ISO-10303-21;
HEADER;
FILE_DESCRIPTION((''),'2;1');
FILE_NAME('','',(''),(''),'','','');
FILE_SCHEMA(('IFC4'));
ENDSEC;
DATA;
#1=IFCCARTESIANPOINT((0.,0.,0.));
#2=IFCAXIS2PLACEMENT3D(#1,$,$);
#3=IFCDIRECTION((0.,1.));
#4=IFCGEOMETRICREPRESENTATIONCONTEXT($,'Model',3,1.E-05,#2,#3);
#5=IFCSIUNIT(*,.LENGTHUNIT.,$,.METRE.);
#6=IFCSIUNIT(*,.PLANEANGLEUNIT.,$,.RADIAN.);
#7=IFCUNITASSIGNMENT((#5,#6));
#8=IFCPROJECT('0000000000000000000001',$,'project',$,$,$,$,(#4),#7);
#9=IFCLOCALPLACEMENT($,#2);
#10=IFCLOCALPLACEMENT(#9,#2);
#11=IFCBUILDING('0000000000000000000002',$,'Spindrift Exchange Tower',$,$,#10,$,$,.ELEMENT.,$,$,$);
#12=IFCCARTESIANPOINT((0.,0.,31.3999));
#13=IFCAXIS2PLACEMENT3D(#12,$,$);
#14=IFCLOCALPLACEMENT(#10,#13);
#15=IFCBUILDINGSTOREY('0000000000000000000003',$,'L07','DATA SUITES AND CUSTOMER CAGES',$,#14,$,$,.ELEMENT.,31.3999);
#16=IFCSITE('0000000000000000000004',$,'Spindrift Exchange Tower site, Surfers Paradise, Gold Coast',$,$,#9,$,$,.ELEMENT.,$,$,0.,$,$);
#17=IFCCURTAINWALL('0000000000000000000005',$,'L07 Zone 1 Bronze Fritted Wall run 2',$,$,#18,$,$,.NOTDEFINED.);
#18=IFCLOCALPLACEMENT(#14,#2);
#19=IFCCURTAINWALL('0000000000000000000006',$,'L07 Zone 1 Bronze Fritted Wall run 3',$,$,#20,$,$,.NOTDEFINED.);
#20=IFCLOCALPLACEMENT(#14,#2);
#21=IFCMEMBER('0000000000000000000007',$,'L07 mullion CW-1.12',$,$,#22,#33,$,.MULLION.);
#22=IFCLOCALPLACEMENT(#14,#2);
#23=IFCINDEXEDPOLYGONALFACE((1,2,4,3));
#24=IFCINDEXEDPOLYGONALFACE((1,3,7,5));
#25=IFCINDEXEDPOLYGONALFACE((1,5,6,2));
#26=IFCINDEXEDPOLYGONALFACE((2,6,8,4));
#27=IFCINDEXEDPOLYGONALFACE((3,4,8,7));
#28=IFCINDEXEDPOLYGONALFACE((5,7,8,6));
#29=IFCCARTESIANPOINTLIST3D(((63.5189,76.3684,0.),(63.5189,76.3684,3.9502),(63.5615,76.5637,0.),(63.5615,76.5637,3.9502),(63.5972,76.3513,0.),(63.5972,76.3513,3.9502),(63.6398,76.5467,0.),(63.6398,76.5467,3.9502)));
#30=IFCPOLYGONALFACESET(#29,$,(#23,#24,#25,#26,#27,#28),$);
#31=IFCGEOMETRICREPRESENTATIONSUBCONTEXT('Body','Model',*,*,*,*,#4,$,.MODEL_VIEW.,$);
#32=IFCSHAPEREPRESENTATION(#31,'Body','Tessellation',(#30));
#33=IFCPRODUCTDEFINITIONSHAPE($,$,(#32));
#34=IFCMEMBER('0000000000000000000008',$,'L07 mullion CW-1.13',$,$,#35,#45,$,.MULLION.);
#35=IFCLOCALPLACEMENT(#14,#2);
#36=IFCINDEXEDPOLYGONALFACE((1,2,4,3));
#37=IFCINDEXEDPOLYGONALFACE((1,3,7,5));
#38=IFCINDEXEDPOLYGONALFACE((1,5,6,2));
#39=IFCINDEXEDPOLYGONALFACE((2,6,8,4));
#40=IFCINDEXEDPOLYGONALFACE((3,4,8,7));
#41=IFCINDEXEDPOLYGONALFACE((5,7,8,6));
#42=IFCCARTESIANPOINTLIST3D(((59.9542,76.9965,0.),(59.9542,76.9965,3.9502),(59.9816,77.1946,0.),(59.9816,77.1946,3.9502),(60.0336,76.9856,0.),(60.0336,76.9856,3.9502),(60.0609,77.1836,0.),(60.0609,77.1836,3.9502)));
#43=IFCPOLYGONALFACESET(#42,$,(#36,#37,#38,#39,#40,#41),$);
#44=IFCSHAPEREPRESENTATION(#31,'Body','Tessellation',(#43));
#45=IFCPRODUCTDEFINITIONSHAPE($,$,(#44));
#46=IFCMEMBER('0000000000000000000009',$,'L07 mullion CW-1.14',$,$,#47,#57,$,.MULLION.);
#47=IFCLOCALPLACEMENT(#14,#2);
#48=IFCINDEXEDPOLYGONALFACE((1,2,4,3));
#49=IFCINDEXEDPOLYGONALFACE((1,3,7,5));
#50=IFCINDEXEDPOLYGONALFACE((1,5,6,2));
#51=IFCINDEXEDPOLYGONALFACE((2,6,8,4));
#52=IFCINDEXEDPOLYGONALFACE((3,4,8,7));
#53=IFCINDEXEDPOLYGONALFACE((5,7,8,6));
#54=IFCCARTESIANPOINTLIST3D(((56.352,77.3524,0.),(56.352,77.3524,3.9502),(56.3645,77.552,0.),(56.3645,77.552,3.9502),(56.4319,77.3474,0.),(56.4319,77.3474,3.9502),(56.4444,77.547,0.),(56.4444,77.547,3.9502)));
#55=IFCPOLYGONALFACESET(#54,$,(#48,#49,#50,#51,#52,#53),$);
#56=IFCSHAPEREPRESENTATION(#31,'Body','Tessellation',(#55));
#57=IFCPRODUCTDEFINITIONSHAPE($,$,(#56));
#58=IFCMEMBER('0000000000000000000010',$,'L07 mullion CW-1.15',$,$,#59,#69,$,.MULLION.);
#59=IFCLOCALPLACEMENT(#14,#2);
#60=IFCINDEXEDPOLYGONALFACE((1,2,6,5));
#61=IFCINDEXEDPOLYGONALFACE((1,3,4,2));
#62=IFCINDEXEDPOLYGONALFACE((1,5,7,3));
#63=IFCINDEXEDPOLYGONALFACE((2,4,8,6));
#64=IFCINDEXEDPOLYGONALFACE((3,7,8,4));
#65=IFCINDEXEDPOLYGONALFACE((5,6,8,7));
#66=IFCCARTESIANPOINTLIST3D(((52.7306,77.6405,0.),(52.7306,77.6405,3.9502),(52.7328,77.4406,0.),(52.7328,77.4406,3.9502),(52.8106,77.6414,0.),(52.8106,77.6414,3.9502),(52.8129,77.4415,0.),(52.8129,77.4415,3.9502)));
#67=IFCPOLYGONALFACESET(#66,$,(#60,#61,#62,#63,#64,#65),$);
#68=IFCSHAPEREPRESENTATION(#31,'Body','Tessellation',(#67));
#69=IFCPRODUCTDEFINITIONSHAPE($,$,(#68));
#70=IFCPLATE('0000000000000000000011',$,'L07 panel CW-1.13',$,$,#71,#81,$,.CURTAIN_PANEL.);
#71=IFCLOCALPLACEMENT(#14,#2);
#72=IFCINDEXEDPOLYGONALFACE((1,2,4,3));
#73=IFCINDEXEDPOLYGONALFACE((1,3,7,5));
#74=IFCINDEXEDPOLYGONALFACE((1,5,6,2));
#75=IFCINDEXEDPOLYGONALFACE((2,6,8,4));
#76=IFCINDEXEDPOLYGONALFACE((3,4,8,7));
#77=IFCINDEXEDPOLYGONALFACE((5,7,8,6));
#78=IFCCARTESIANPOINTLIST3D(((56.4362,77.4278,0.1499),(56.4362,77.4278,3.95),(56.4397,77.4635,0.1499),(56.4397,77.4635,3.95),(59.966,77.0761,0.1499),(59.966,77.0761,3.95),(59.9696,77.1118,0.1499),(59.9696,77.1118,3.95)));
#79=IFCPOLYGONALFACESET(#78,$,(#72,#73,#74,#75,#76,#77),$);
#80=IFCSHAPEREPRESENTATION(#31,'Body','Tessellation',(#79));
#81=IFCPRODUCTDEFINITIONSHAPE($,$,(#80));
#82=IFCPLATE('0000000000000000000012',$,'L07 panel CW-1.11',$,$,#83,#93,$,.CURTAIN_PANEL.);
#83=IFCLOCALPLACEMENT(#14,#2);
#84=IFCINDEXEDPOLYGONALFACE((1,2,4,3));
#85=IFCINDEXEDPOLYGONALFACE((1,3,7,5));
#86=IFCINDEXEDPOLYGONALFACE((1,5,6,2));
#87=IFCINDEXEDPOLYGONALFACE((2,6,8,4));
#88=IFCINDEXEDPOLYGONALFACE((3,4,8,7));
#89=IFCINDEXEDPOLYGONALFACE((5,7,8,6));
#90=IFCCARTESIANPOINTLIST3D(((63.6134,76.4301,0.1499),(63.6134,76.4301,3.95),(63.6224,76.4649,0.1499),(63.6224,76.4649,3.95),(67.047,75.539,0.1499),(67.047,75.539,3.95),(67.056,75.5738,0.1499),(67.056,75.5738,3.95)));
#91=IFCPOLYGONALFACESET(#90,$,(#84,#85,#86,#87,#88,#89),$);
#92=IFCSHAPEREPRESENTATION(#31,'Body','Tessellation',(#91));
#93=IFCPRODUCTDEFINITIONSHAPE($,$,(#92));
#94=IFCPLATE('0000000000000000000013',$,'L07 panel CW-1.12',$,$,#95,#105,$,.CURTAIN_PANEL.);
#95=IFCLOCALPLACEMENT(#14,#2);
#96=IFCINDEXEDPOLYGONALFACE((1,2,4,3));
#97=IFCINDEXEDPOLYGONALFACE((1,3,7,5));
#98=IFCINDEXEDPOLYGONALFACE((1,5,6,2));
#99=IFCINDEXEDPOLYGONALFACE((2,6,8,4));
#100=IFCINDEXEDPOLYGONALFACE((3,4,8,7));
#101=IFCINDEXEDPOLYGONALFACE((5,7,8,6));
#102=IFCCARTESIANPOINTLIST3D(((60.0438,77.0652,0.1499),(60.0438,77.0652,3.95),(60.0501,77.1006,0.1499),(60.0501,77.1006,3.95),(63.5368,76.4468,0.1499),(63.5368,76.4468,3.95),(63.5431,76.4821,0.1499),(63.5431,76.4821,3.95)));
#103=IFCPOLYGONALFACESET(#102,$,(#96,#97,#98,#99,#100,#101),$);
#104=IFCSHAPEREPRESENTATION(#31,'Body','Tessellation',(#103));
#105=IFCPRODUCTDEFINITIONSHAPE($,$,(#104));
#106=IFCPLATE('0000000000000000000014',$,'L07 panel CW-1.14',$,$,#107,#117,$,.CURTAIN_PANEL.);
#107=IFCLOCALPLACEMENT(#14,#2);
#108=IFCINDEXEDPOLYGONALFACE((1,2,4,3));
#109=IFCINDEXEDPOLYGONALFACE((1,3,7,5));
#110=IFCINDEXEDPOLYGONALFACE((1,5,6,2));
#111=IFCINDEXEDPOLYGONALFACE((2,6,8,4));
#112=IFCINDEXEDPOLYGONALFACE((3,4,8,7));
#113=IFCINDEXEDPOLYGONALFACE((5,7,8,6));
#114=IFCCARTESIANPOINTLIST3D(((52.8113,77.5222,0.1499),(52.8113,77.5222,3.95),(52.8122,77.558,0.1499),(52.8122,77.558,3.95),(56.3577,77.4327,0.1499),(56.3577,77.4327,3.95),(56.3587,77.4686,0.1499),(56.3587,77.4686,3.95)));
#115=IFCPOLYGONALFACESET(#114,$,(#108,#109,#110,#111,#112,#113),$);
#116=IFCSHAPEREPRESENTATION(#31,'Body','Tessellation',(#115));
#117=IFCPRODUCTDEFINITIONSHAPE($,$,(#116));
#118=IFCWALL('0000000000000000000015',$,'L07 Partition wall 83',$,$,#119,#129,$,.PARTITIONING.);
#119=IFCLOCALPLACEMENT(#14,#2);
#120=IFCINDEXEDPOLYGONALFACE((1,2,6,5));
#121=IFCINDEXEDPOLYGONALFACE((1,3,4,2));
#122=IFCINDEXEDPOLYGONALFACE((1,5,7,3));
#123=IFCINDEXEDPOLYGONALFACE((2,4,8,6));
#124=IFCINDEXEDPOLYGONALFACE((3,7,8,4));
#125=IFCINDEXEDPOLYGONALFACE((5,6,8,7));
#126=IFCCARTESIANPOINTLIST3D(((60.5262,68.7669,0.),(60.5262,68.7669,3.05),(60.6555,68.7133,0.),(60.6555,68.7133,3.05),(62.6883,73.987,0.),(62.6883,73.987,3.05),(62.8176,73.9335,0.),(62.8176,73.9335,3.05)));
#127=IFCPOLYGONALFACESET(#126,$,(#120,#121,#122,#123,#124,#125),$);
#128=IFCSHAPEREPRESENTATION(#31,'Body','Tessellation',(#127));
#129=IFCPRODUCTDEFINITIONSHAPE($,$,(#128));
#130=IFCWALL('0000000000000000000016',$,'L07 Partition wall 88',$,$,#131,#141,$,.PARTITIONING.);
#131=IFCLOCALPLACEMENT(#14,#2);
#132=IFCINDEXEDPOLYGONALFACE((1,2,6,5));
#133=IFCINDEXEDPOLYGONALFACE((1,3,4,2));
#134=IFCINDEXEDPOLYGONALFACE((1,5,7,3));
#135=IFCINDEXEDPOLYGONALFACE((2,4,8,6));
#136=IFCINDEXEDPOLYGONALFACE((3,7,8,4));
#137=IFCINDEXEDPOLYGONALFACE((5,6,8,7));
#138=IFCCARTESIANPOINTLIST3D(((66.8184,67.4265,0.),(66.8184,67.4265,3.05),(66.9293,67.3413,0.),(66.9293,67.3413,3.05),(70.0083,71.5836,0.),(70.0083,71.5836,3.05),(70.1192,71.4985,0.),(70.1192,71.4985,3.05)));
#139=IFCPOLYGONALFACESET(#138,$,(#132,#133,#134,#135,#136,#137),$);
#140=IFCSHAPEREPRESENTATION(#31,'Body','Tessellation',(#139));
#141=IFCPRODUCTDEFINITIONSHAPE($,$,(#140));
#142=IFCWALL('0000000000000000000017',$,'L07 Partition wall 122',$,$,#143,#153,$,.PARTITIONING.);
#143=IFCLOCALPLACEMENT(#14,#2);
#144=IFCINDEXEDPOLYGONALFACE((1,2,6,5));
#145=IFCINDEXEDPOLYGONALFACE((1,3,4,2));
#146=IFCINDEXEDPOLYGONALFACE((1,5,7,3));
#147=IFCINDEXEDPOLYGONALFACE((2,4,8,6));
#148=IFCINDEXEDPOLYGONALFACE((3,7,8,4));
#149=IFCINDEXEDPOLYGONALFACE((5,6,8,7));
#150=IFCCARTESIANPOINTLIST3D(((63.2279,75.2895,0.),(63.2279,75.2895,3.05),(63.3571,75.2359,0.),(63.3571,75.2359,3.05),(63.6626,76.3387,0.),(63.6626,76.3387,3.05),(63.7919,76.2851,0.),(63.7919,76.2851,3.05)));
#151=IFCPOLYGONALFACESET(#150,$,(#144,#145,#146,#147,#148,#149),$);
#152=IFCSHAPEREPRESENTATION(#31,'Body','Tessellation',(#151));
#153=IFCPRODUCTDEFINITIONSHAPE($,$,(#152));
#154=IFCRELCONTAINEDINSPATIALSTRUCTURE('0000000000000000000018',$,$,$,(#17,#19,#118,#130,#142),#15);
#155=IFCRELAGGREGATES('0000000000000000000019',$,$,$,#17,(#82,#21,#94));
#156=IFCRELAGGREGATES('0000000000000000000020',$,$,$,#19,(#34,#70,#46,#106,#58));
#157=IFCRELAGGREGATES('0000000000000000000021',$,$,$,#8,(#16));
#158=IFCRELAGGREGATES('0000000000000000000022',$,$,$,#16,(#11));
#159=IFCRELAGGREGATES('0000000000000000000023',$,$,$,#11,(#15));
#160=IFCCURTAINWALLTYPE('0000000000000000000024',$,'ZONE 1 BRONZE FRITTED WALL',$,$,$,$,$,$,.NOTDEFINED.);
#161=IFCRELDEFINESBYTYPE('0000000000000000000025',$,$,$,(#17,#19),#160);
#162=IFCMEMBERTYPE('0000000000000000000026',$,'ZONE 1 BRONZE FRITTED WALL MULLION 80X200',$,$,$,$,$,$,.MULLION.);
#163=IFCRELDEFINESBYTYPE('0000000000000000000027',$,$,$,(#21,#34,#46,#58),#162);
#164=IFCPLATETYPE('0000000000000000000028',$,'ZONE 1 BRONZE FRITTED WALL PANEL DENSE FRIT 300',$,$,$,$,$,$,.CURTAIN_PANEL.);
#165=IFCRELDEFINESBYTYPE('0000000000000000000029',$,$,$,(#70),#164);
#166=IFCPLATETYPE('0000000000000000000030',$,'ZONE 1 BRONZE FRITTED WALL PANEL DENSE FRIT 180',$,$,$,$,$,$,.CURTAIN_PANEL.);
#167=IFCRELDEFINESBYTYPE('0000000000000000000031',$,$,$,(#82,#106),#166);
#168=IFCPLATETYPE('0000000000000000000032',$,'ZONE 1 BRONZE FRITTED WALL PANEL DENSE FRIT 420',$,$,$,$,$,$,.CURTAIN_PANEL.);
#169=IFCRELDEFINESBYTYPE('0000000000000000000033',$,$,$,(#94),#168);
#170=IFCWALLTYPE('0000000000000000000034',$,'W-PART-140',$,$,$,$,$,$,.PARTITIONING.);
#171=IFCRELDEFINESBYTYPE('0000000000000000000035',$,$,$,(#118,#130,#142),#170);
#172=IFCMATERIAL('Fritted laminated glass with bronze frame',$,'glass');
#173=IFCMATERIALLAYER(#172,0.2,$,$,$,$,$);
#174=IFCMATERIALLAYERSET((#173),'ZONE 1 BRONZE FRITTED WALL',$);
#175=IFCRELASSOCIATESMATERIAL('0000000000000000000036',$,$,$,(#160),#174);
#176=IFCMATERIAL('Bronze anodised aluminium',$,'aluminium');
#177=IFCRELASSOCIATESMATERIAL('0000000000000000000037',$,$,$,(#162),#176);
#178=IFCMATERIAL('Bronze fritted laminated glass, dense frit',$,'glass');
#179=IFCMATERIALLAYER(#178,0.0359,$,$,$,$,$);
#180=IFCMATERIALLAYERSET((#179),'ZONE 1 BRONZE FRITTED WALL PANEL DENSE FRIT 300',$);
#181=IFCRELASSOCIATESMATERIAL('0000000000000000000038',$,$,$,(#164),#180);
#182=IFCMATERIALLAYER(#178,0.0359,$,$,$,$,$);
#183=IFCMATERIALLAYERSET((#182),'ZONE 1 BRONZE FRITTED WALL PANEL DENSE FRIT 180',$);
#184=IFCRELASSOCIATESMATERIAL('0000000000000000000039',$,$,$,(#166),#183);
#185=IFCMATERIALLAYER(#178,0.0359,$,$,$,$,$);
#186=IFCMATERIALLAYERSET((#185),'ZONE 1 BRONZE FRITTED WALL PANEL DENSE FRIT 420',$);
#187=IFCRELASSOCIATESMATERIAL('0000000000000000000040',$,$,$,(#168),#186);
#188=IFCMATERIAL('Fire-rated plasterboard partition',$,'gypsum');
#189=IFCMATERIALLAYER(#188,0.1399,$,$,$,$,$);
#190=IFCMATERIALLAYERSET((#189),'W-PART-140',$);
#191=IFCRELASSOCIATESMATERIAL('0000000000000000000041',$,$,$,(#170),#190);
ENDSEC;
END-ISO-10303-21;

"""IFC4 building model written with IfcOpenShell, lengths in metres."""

from ifc_helpers import new_model, si_unit, direction, frame, frame_2d, origin, origin_2d, place, context, subcontext, project, spatial, rectangle, extrude, source, transform, mapped, material, layer, layer_set, material_profile, profile_set, type_object, element, aggregate, save


model = new_model("IFC4")

# Units and contexts
model_context = context("Model", 3, precision=1e-05, world=origin(), true_north=direction((0.0, 1.0)))
body_context = subcontext(model_context, "Body", "Model", "MODEL_VIEW")
ifc_project = project(units=[si_unit("LENGTHUNIT", "METRE"), si_unit("PLANEANGLEUNIT", "RADIAN")], contexts=[model_context])

# Site, building, storey
site_placement = place(None, origin())
site = spatial("IfcSite", under=ifc_project, at=site_placement, Name="Spindrift Exchange Tower site, Surfers Paradise, Gold Coast", CompositionType="ELEMENT", RefElevation=0.0)
building_placement = place(site_placement, origin())
building = spatial("IfcBuilding", under=site, at=building_placement, Name="Spindrift Exchange Tower", CompositionType="ELEMENT")
storey_placement = place(building_placement, frame((0.0, 0.0, 31.3999)))
storey = spatial("IfcBuildingStorey", under=building, at=storey_placement, Name="L07", Description="DATA SUITES AND CUSTOMER CAGES", CompositionType="ELEMENT", Elevation=31.3999)

# Curtain walls
ifc_material_1 = material(Name="Fritted laminated glass with bronze frame", Category="glass")
ifc_layer_1 = layer(ifc_material_1, 0.2)
ifc_layer_set_1 = layer_set([ifc_layer_1], Name="ZONE 1 BRONZE FRITTED WALL")
curtain_wall_type = type_object("IfcCurtainWallType", Name="ZONE 1 BRONZE FRITTED WALL", PredefinedType="NOTDEFINED", material=ifc_layer_set_1)
curtain_wall_1_placement = place(storey_placement, origin())
curtain_wall_1 = element("IfcCurtainWall", 1, at=curtain_wall_1_placement, inside=storey, type_object=curtain_wall_type, Name="L07 Zone 1 Bronze Fritted Wall run 2", PredefinedType="NOTDEFINED")
ifc_material_2 = material(Name="Bronze anodised aluminium", Category="aluminium")
curtain_wall_2_placement = place(storey_placement, origin())
curtain_wall_2 = element("IfcCurtainWall", 2, at=curtain_wall_2_placement, inside=storey, type_object=curtain_wall_type, Name="L07 Zone 1 Bronze Fritted Wall run 3", PredefinedType="NOTDEFINED")

# Members
ifc_material_profile_1 = material_profile(ifc_material_2, rectangle(XDim=0.0801, YDim=0.2, at=origin_2d()), Name="ZONE 1 BRONZE FRITTED WALL MULLION 80X200")
ifc_profile_set_1 = profile_set([ifc_material_profile_1], Name="Bronze anodised aluminium")
member_type_1 = type_object("IfcMemberType", Name="ZONE 1 BRONZE FRITTED WALL MULLION 80X200", PredefinedType="MULLION", material=ifc_profile_set_1)
shared_shape_1 = source(origin(), body_context, "Body", "SweptSolid", [
    extrude(rectangle(XDim=0.0801, YDim=0.2, at=origin_2d()), origin(), (0.0, 0.0, 1.0), 3.9502),
])
member_1_placement = place(storey_placement, frame((63.5793, 76.4575, 0.0), z_axis=(0.0, 0.0, 1.0), x_axis=(-0.977065, 0.212941, 0.0)))
member_1 = element("IfcMember", 3, at=member_1_placement, type_object=member_type_1, Name="L07 mullion CW-1.12", PredefinedType="MULLION", context=body_context, shape_type="MappedRepresentation", body=[
    mapped(shared_shape_1, transform((0.0, 0.0, 0.0), scale=1.0)),
])
member_2_placement = place(storey_placement, frame((60.0076, 77.0901, 0.0), z_axis=(0.0, 0.0, 1.0), x_axis=(-0.990593, 0.13684, 0.0)))
member_2 = element("IfcMember", 4, at=member_2_placement, type_object=member_type_1, Name="L07 mullion CW-1.13", PredefinedType="MULLION", context=body_context, shape_type="MappedRepresentation", body=[
    mapped(shared_shape_1, transform((0.0, 0.0, 0.0), scale=1.0)),
])
member_3_placement = place(storey_placement, frame((56.3982, 77.4497, 0.0), z_axis=(0.0, 0.0, 1.0), x_axis=(-0.998062, 0.062222, 0.0)))
member_3 = element("IfcMember", 5, at=member_3_placement, type_object=member_type_1, Name="L07 mullion CW-1.14", PredefinedType="MULLION", context=body_context, shape_type="MappedRepresentation", body=[
    mapped(shared_shape_1, transform((0.0, 0.0, 0.0), scale=1.0)),
])
member_4_placement = place(storey_placement, frame((52.7717, 77.541, 0.0), z_axis=(0.0, 0.0, 1.0), x_axis=(-0.999936, -0.011311, 0.0)))
member_4 = element("IfcMember", 6, at=member_4_placement, type_object=member_type_1, Name="L07 mullion CW-1.15", PredefinedType="MULLION", context=body_context, shape_type="MappedRepresentation", body=[
    mapped(shared_shape_1, transform((0.0, 0.0, 0.0), scale=1.0)),
])

# Plates
ifc_material_3 = material(Name="Bronze fritted laminated glass, dense frit", Category="glass")
ifc_layer_2 = layer(ifc_material_3, 0.0359)
ifc_layer_set_2 = layer_set([ifc_layer_2], Name="ZONE 1 BRONZE FRITTED WALL PANEL DENSE FRIT 300")
plate_type_1 = type_object("IfcPlateType", Name="ZONE 1 BRONZE FRITTED WALL PANEL DENSE FRIT 300", PredefinedType="CURTAIN_PANEL", material=ifc_layer_set_2)
shared_shape_2 = source(origin(), body_context, "Body", "SweptSolid", [
    extrude(rectangle(XDim=3.5474, YDim=0.0359, at=origin_2d()), origin(), (0.0, 0.0, 1.0), 3.8),
])
plate_1_placement = place(storey_placement, frame((58.2029, 77.2698, 0.1499), z_axis=(0.0, 0.0, 1.0), x_axis=(-0.995074, 0.099136, 0.0)))
plate_1 = element("IfcPlate", 7, at=plate_1_placement, type_object=plate_type_1, Name="L07 panel CW-1.13", PredefinedType="CURTAIN_PANEL", context=body_context, shape_type="MappedRepresentation", body=[
    mapped(shared_shape_2, transform((0.0, 0.0, 0.0), scale=1.0)),
])
ifc_layer_3 = layer(ifc_material_3, 0.0359)
ifc_layer_set_3 = layer_set([ifc_layer_3], Name="ZONE 1 BRONZE FRITTED WALL PANEL DENSE FRIT 180")
plate_type_2 = type_object("IfcPlateType", Name="ZONE 1 BRONZE FRITTED WALL PANEL DENSE FRIT 180", PredefinedType="CURTAIN_PANEL", material=ifc_layer_set_3)
shared_shape_3 = source(origin(), body_context, "Body", "SweptSolid", [
    extrude(rectangle(XDim=3.5474, YDim=0.0359, at=origin_2d()), origin(), (0.0, 0.0, 1.0), 3.8),
])
plate_2_placement = place(storey_placement, frame((65.3347, 76.002, 0.1499), z_axis=(0.0, 0.0, 1.0), x_axis=(-0.967934, 0.251205, 0.0)))
plate_2 = element("IfcPlate", 8, at=plate_2_placement, type_object=plate_type_2, Name="L07 panel CW-1.11", PredefinedType="CURTAIN_PANEL", context=body_context, shape_type="MappedRepresentation", body=[
    mapped(shared_shape_3, transform((0.0, 0.0, 0.0), scale=1.0)),
])
ifc_layer_4 = layer(ifc_material_3, 0.0359)
ifc_layer_set_4 = layer_set([ifc_layer_4], Name="ZONE 1 BRONZE FRITTED WALL PANEL DENSE FRIT 420")
plate_type_3 = type_object("IfcPlateType", Name="ZONE 1 BRONZE FRITTED WALL PANEL DENSE FRIT 420", PredefinedType="CURTAIN_PANEL", material=ifc_layer_set_4)
shared_shape_4 = source(origin(), body_context, "Body", "SweptSolid", [
    extrude(rectangle(XDim=3.5474, YDim=0.0359, at=origin_2d()), origin(), (0.0, 0.0, 1.0), 3.8),
])
plate_3_placement = place(storey_placement, frame((61.7935, 76.7737, 0.1499), z_axis=(0.0, 0.0, 1.0), x_axis=(-0.984684, 0.174346, 0.0)))
plate_3 = element("IfcPlate", 9, at=plate_3_placement, type_object=plate_type_3, Name="L07 panel CW-1.12", PredefinedType="CURTAIN_PANEL", context=body_context, shape_type="MappedRepresentation", body=[
    mapped(shared_shape_4, transform((0.0, 0.0, 0.0), scale=1.0)),
])
aggregate(curtain_wall_1, [plate_2, member_1, plate_3])
shared_shape_5 = source(origin(), body_context, "Body", "SweptSolid", [
    extrude(rectangle(XDim=3.5476, YDim=0.0359, at=origin_2d()), origin(), (0.0, 0.0, 1.0), 3.8),
])
plate_4_placement = place(storey_placement, frame((54.585, 77.4954, 0.1499), z_axis=(0.0, 0.0, 1.0), x_axis=(-0.999682, 0.025224, 0.0)))
plate_4 = element("IfcPlate", 10, at=plate_4_placement, type_object=plate_type_2, Name="L07 panel CW-1.14", PredefinedType="CURTAIN_PANEL", context=body_context, shape_type="MappedRepresentation", body=[
    mapped(shared_shape_5, transform((0.0, 0.0, 0.0), scale=1.0)),
])
aggregate(curtain_wall_2, [member_2, plate_1, member_3, plate_4, member_4])

# Walls
ifc_material_4 = material(Name="Fire-rated plasterboard partition", Category="gypsum")
ifc_layer_5 = layer(ifc_material_4, 0.1399)
ifc_layer_set_5 = layer_set([ifc_layer_5], Name="W-PART-140")
wall_type_1 = type_object("IfcWallType", Name="W-PART-140", PredefinedType="PARTITIONING", material=ifc_layer_set_5)
wall_1_placement = place(storey_placement, frame((60.5908, 68.74, 0.0), z_axis=(0.0, 0.0, 1.0), x_axis=(0.382657, 0.92389, 0.0)))
element("IfcWall", 11, at=wall_1_placement, inside=storey, type_object=wall_type_1, Name="L07 Partition wall 83", PredefinedType="PARTITIONING", context=body_context, shape_type="SweptSolid", body=[
    extrude(rectangle(XDim=5.6501, YDim=0.1399, at=frame_2d((2.8252, 0.0))), origin(), (0.0, 0.0, 1.0), 3.05),
])
wall_2_placement = place(storey_placement, frame((66.8738, 67.3838, 0.0), z_axis=(0.0, 0.0, 1.0), x_axis=(0.60876, 0.793354, 0.0)))
element("IfcWall", 12, at=wall_2_placement, inside=storey, type_object=wall_type_1, Name="L07 Partition wall 88", PredefinedType="PARTITIONING", context=body_context, shape_type="SweptSolid", body=[
    extrude(rectangle(XDim=5.24, YDim=0.1399, at=frame_2d((2.6201, 0.0))), origin(), (0.0, 0.0, 1.0), 3.05),
])
wall_3_placement = place(storey_placement, frame((63.2925, 75.2627, 0.0), z_axis=(0.0, 0.0, 1.0), x_axis=(0.382814, 0.923826, 0.0)))
element("IfcWall", 13, at=wall_3_placement, inside=storey, type_object=wall_type_1, Name="L07 Partition wall 122", PredefinedType="PARTITIONING", context=body_context, shape_type="SweptSolid", body=[
    extrude(rectangle(XDim=1.1357, YDim=0.1399, at=frame_2d((0.5679, 0.0))), origin(), (0.0, 0.0, 1.0), 3.05),
])

save(model, "model.ifc")
